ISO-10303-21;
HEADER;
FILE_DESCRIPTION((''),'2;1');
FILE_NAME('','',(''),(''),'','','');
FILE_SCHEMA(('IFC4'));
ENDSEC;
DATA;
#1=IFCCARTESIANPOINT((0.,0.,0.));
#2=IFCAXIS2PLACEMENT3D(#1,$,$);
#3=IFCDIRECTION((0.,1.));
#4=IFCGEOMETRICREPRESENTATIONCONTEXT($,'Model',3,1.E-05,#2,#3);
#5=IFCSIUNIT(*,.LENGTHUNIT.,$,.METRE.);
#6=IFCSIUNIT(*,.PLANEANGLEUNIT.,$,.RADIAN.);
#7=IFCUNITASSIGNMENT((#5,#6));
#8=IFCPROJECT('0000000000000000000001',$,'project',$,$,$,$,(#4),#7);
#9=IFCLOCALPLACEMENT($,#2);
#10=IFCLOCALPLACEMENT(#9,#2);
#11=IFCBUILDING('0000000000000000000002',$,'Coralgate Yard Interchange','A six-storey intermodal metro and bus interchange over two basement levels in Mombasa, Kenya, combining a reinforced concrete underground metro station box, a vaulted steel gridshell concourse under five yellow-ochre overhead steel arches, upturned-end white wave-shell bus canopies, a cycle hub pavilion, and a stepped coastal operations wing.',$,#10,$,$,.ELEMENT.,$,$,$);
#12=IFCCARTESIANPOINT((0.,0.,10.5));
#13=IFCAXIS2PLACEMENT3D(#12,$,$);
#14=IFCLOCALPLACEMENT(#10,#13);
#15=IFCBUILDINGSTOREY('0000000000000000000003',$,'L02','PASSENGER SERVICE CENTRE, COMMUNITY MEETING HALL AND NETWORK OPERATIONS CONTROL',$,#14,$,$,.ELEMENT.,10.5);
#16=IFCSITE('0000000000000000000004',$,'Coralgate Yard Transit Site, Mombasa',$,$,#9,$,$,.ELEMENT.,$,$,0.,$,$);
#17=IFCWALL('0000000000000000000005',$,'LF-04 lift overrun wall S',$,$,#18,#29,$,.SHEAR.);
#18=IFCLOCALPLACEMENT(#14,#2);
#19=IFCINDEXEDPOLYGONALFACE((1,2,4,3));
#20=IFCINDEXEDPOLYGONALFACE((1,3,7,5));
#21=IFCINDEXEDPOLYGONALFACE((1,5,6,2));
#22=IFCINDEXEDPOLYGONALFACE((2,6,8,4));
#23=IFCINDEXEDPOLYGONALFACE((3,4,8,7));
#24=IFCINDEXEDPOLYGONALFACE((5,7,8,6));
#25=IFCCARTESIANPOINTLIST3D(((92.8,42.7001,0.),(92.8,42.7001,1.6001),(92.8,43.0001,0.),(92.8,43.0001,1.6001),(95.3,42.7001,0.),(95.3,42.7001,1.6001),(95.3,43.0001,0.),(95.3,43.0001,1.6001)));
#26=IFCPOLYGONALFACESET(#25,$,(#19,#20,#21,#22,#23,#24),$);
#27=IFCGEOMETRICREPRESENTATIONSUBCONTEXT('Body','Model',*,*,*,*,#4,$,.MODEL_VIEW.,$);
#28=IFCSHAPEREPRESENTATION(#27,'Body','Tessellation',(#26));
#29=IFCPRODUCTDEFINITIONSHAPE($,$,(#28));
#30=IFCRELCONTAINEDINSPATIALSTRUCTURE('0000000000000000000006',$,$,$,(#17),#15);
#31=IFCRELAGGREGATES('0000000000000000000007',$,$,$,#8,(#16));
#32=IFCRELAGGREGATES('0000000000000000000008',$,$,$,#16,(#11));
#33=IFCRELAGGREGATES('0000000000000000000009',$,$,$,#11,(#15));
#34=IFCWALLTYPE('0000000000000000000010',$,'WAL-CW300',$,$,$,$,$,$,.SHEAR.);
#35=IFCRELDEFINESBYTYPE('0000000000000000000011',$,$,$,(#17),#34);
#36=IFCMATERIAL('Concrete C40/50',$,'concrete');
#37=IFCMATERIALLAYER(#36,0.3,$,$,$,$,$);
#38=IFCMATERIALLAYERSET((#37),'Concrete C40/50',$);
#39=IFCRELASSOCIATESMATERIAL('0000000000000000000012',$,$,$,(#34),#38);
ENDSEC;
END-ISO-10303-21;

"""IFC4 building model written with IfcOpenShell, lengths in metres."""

from ifc_helpers import new_model, si_unit, direction, frame, frame_2d, origin, place, context, subcontext, project, spatial, rectangle, extrude, material, layer, layer_set, type_object, element, save


model = new_model("IFC4")

# Units and contexts
model_context = context("Model", 3, precision=1e-05, world=origin(), true_north=direction((0.0, 1.0)))
body_context = subcontext(model_context, "Body", "Model", "MODEL_VIEW")
ifc_project = project(units=[si_unit("LENGTHUNIT", "METRE"), si_unit("PLANEANGLEUNIT", "RADIAN")], contexts=[model_context])

# Site, building, storey
site_placement = place(None, origin())
site = spatial("IfcSite", under=ifc_project, at=site_placement, Name="Coralgate Yard Transit Site, Mombasa", CompositionType="ELEMENT", RefElevation=0.0)
building_placement = place(site_placement, origin())
building = spatial("IfcBuilding", under=site, at=building_placement, Name="Coralgate Yard Interchange", Description="A six-storey intermodal metro and bus interchange over two basement levels in Mombasa, Kenya, combining a reinforced concrete underground metro station box, a vaulted steel gridshell concourse under five yellow-ochre overhead steel arches, upturned-end white wave-shell bus canopies, a cycle hub pavilion, and a stepped coastal operations wing.", CompositionType="ELEMENT")
storey_placement = place(building_placement, frame((0.0, 0.0, 10.5)))
storey = spatial("IfcBuildingStorey", under=building, at=storey_placement, Name="L02", Description="PASSENGER SERVICE CENTRE, COMMUNITY MEETING HALL AND NETWORK OPERATIONS CONTROL", CompositionType="ELEMENT", Elevation=10.5)

# Wall
ifc_material_1 = material(Name="Concrete C40/50", Category="concrete")
ifc_layer_1 = layer(ifc_material_1, 0.3)
ifc_layer_set_1 = layer_set([ifc_layer_1], Name="Concrete C40/50")
wall_type = type_object("IfcWallType", Name="WAL-CW300", PredefinedType="SHEAR", material=ifc_layer_set_1)
wall_1_placement = place(storey_placement, frame((92.8, 42.8501, 0.0), z_axis=(0.0, 0.0, 1.0), x_axis=(1.0, 0.0, 0.0)))
element("IfcWall", 1, at=wall_1_placement, inside=storey, type_object=wall_type, Name="LF-04 lift overrun wall S", PredefinedType="SHEAR", context=body_context, shape_type="SweptSolid", body=[
    extrude(rectangle(XDim=2.5, YDim=0.3, at=frame_2d((1.25, 0.0))), origin(), (0.0, 0.0, 1.0), 1.6001),
])

save(model, "model.ifc")
